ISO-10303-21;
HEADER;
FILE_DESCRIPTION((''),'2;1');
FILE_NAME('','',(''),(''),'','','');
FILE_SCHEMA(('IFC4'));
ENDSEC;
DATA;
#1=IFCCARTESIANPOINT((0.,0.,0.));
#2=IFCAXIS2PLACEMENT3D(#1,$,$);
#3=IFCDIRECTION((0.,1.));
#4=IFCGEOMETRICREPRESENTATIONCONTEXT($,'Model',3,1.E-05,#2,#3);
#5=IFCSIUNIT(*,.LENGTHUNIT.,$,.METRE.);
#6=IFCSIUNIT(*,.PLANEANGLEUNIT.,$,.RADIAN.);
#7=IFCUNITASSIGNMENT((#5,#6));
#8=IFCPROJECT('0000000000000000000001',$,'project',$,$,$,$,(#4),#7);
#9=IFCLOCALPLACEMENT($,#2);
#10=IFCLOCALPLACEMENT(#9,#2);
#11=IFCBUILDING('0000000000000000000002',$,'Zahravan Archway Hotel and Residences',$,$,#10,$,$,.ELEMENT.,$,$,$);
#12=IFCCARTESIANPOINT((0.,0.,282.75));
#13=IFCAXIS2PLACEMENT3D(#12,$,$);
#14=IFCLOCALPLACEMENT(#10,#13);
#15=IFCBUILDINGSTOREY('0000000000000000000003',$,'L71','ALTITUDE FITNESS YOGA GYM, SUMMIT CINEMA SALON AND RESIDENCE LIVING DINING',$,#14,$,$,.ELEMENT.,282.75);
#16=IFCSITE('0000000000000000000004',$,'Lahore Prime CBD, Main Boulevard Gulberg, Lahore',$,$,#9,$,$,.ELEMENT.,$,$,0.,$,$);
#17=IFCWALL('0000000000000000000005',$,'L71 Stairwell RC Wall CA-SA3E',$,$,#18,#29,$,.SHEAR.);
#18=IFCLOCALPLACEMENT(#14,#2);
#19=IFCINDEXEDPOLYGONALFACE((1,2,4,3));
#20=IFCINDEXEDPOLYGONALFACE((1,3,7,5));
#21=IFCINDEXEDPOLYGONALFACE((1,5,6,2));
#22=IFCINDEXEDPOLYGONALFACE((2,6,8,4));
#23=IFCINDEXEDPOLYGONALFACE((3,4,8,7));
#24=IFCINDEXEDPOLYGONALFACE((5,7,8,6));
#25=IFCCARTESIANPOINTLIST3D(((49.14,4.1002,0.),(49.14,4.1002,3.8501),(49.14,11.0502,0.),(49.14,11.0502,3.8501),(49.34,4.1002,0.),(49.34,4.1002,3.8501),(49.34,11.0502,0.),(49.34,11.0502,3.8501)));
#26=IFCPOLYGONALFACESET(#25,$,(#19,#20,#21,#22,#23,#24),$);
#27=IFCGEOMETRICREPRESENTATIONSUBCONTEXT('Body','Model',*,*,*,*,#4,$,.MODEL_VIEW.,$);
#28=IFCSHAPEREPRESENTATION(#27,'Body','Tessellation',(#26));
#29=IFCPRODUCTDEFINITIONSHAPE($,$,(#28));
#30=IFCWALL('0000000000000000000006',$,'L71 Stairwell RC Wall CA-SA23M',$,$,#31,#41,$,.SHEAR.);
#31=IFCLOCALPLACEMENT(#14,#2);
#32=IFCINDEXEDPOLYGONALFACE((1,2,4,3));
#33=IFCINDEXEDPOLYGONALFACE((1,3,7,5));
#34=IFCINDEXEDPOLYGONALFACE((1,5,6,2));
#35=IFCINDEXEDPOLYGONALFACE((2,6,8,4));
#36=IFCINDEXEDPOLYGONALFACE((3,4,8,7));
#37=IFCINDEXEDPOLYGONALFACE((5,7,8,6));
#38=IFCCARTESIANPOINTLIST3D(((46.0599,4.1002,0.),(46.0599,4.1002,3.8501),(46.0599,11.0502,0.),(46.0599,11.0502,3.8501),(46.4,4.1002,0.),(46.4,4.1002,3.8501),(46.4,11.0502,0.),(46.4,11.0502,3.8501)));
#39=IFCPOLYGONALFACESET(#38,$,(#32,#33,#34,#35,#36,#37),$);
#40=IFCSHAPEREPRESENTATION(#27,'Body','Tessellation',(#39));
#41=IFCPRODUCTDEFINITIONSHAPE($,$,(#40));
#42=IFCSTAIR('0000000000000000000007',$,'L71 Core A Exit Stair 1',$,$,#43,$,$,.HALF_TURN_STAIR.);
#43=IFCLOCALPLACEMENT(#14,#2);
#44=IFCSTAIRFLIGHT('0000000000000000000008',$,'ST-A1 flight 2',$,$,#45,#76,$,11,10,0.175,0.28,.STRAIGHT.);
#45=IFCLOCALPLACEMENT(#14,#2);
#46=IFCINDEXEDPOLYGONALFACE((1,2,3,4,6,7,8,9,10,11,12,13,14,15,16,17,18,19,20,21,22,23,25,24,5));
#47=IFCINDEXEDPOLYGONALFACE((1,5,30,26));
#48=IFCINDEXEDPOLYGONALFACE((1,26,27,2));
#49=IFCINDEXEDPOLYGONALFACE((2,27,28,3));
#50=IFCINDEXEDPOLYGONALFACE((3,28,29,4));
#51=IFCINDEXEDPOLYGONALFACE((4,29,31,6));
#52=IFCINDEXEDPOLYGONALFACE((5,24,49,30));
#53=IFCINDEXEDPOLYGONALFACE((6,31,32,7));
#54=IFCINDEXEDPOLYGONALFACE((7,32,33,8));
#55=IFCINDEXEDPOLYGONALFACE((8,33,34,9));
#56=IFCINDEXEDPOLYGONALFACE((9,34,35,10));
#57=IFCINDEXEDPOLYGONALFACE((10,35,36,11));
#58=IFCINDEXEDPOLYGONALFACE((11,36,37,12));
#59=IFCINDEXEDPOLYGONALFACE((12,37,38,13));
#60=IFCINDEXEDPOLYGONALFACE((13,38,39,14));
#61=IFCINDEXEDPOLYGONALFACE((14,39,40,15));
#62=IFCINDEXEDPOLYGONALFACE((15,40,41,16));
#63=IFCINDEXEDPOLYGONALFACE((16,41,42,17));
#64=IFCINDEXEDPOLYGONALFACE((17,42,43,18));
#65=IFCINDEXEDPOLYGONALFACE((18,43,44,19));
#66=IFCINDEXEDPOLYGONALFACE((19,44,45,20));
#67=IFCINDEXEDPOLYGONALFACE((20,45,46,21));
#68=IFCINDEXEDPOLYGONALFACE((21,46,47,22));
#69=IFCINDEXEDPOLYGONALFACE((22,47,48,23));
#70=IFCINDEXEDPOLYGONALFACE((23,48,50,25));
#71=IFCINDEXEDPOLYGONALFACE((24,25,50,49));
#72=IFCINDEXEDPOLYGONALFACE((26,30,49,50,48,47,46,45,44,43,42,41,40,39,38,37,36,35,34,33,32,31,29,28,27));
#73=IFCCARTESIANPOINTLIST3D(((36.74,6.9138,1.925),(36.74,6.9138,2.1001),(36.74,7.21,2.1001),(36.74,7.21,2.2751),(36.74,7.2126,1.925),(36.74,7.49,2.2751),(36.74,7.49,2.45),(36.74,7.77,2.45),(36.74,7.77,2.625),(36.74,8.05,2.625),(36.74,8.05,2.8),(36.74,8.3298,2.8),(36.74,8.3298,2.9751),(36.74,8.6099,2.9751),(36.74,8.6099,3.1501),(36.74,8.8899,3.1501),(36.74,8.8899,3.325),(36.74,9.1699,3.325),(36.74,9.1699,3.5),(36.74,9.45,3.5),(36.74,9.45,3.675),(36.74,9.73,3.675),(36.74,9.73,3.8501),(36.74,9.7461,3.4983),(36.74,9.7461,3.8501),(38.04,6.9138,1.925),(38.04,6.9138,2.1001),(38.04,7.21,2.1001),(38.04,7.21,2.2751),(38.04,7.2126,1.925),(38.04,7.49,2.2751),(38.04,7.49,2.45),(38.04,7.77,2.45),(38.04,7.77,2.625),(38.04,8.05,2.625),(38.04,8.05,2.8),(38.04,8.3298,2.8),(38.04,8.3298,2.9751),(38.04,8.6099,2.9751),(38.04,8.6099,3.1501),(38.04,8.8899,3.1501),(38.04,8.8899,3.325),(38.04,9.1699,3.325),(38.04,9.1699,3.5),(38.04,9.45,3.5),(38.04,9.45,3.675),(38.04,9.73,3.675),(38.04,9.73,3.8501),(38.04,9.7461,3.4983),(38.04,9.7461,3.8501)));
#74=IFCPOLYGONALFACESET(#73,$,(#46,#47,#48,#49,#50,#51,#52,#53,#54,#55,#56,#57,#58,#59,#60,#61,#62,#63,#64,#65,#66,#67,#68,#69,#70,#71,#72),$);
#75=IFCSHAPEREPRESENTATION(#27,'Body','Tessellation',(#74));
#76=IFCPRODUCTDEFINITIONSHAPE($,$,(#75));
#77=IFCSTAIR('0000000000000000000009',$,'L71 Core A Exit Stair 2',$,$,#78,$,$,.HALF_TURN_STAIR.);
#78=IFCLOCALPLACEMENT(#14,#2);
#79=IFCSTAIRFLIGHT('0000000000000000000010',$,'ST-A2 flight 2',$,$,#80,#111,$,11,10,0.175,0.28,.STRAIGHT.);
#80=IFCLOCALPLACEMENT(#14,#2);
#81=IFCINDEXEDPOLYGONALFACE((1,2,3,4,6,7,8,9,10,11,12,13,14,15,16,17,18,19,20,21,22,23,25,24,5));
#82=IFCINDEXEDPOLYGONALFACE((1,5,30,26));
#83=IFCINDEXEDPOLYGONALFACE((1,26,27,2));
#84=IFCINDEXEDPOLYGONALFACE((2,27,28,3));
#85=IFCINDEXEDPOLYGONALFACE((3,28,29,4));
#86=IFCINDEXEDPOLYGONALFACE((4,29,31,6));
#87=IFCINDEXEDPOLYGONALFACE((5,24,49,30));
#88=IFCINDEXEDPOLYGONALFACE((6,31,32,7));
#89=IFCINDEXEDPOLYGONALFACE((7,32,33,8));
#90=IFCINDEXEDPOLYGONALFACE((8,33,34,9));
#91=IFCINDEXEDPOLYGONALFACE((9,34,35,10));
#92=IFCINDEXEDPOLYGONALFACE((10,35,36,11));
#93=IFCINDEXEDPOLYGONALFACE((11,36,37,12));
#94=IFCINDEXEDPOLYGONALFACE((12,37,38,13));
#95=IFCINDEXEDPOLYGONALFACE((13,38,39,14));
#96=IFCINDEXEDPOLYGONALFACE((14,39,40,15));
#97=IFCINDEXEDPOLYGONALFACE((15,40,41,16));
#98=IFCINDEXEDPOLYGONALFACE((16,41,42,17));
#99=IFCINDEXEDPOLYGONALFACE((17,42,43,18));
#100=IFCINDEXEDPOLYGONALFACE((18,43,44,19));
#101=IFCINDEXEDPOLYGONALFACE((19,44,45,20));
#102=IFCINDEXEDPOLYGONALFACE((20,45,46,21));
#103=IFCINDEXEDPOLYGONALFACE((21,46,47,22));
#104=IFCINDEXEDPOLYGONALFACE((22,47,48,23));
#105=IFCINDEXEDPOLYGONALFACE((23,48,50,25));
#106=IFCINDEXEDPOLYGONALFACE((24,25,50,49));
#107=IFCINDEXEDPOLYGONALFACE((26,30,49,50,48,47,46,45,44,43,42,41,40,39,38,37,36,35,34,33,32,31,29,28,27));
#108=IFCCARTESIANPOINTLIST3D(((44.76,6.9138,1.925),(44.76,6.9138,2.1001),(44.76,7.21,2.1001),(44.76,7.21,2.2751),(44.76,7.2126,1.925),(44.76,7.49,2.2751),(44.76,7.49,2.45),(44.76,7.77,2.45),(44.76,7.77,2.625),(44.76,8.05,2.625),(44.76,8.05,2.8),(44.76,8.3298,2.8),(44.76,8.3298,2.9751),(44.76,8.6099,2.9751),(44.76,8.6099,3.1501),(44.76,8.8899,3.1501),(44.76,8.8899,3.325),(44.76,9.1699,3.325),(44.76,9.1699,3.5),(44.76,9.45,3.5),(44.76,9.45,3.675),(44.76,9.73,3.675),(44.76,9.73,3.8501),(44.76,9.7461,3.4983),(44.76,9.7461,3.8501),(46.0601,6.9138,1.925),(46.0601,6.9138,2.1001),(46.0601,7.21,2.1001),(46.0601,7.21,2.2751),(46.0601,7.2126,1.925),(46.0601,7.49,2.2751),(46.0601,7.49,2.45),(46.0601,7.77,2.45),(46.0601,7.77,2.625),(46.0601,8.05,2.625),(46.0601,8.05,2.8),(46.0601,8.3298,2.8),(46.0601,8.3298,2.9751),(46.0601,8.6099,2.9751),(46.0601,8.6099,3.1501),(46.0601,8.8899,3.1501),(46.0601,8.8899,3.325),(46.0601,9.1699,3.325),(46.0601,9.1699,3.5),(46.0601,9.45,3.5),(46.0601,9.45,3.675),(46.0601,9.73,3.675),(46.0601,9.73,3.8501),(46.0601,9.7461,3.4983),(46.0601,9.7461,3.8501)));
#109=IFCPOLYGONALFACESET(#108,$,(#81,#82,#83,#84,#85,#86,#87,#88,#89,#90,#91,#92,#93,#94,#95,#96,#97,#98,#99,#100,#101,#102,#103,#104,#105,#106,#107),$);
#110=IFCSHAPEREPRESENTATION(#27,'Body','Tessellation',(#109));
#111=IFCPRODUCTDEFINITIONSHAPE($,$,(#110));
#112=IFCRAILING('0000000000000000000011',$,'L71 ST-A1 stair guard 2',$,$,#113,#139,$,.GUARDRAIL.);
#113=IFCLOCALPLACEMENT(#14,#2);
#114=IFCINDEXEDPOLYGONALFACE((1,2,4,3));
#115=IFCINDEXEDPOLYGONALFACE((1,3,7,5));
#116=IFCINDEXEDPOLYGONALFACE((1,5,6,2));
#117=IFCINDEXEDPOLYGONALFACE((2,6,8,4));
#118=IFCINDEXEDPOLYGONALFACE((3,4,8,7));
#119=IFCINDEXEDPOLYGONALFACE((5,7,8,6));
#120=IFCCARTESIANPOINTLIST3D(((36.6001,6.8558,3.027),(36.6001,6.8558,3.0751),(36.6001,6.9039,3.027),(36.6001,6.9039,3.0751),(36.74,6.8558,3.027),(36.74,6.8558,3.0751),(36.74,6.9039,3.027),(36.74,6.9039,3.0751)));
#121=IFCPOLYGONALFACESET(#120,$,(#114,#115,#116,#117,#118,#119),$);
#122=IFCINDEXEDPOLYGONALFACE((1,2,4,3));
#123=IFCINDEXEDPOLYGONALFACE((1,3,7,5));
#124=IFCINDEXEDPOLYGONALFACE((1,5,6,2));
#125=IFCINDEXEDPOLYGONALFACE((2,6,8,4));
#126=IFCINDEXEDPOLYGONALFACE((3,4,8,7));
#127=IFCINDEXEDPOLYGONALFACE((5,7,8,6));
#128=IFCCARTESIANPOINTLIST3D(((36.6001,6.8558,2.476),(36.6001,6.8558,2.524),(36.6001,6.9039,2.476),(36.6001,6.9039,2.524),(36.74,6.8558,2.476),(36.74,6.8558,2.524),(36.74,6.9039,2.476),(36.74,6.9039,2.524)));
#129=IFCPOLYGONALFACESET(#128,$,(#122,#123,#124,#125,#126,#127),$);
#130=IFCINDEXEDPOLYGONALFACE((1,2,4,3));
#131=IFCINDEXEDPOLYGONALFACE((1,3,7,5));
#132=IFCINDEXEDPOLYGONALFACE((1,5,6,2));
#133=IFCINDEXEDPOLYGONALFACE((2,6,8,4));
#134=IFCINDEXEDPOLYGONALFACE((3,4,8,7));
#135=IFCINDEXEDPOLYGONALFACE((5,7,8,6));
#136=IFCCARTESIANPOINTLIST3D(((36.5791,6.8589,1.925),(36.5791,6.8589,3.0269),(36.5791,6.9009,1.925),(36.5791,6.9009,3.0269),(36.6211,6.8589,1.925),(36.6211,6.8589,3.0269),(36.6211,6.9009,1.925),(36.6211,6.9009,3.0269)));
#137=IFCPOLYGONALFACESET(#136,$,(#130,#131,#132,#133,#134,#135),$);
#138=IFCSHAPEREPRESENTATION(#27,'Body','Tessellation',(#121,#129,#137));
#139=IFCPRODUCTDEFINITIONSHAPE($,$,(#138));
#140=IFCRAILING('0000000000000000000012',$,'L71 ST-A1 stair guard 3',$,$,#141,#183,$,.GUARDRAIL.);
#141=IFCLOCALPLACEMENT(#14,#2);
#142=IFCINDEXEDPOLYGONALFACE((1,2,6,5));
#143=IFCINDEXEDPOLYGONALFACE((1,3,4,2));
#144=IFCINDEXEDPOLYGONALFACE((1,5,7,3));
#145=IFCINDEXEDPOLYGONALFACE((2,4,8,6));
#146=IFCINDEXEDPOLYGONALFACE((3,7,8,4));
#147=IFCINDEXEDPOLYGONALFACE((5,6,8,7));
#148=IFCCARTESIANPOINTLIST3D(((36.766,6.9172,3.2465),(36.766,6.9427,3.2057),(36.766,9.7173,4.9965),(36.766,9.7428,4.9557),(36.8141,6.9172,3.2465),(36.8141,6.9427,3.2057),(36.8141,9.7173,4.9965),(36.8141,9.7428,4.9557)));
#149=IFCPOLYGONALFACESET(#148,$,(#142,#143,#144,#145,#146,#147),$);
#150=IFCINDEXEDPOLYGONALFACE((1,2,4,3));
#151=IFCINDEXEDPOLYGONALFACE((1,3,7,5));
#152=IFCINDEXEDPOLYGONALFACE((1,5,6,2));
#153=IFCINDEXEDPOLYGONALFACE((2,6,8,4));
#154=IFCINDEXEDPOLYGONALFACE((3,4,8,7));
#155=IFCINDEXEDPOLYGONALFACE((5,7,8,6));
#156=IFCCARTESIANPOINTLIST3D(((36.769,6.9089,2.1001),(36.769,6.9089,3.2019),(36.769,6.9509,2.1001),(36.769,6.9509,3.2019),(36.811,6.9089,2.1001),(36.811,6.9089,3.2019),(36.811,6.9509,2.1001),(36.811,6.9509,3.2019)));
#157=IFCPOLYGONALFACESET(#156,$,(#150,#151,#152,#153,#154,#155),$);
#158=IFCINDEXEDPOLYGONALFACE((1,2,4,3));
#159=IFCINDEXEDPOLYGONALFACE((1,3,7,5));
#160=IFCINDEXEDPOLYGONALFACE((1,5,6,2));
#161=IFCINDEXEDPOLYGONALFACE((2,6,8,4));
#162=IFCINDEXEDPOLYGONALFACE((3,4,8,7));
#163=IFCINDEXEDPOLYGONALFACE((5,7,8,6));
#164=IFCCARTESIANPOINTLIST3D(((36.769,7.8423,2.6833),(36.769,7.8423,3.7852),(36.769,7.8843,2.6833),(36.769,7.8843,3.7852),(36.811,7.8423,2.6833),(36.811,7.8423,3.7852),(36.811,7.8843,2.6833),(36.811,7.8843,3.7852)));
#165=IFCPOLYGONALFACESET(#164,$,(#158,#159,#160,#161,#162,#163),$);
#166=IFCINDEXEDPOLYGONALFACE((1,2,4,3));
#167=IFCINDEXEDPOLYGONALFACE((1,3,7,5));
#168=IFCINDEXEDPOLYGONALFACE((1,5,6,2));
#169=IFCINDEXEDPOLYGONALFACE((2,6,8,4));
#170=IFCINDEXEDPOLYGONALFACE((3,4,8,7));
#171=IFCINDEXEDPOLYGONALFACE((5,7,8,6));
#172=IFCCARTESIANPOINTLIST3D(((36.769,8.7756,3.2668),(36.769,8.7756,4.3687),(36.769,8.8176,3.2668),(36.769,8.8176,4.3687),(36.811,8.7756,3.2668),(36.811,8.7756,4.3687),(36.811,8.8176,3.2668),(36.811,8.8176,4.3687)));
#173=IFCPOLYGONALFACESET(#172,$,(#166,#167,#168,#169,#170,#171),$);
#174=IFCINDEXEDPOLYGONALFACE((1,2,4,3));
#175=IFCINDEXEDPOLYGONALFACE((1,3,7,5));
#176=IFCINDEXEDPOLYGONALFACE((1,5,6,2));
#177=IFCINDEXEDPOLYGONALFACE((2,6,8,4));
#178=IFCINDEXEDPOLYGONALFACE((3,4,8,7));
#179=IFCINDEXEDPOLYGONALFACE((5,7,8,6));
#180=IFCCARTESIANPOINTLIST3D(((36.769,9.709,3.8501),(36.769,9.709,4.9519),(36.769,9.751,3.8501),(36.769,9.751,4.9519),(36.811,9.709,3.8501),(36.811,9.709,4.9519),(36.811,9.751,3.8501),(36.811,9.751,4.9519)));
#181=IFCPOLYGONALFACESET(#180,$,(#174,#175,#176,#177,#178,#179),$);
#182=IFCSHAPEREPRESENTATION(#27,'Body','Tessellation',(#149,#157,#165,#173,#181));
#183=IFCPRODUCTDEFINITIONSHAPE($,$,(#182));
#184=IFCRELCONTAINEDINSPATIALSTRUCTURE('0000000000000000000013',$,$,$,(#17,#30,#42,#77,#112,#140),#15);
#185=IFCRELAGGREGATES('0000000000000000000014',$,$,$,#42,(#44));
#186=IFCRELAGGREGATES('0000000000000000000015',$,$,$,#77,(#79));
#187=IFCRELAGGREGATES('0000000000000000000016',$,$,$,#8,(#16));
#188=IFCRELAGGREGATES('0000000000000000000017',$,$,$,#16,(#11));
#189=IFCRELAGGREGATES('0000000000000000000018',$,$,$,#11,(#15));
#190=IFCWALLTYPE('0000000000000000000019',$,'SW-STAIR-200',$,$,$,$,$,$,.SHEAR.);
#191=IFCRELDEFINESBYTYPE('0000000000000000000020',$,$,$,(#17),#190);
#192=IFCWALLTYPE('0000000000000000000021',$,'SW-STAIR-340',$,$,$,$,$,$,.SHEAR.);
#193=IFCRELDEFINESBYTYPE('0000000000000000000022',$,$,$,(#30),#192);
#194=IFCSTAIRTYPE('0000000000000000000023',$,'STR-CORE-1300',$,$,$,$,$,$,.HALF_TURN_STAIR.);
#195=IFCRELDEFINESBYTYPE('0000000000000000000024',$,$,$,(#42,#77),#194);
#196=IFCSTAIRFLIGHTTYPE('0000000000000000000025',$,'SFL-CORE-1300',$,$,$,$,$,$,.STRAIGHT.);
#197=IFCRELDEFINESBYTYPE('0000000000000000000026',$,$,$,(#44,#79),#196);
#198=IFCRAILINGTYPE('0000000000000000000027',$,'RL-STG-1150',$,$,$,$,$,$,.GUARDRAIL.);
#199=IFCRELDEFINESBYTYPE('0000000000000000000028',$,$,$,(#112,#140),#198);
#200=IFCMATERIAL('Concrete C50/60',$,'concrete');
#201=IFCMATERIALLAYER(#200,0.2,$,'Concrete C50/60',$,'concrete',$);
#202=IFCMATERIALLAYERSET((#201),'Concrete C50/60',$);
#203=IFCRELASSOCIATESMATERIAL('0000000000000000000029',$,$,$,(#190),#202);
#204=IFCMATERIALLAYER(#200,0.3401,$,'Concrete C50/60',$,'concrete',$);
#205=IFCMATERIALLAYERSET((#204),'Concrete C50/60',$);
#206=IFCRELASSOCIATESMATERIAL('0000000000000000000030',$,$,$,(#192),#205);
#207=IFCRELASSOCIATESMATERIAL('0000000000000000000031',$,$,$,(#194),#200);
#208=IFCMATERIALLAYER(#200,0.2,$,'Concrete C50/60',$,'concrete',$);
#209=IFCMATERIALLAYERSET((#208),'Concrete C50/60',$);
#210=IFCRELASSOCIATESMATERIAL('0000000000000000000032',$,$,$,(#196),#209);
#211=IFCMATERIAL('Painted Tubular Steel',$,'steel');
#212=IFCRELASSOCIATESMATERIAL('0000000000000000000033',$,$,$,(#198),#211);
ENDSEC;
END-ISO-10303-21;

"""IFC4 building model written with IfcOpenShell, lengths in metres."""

from ifc_helpers import new_model, si_unit, direction, frame, frame_2d, origin, origin_2d, place, context, subcontext, project, spatial, polyline, rectangle, outline, extrude, source, transform, mapped, material, layer, layer_set, type_object, element, aggregate, save


model = new_model("IFC4")

# Units and contexts
model_context = context("Model", 3, precision=1e-05, world=origin(), true_north=direction((0.0, 1.0)))
body_context = subcontext(model_context, "Body", "Model", "MODEL_VIEW")
ifc_project = project(units=[si_unit("LENGTHUNIT", "METRE"), si_unit("PLANEANGLEUNIT", "RADIAN")], contexts=[model_context])

# Site, building, storey
site_placement = place(None, origin())
site = spatial("IfcSite", under=ifc_project, at=site_placement, Name="Lahore Prime CBD, Main Boulevard Gulberg, Lahore", CompositionType="ELEMENT", RefElevation=0.0)
building_placement = place(site_placement, origin())
building = spatial("IfcBuilding", under=site, at=building_placement, Name="Zahravan Archway Hotel and Residences", CompositionType="ELEMENT")
storey_placement = place(building_placement, frame((0.0, 0.0, 282.75)))
storey = spatial("IfcBuildingStorey", under=building, at=storey_placement, Name="L71", Description="ALTITUDE FITNESS YOGA GYM, SUMMIT CINEMA SALON AND RESIDENCE LIVING DINING", CompositionType="ELEMENT", Elevation=282.75)

# Shared definitions
ifc_material_1 = material(Name="Concrete C50/60", Category="concrete")

# Walls
ifc_layer_1 = layer(ifc_material_1, 0.2, Name="Concrete C50/60", Category="concrete")
ifc_layer_set_1 = layer_set([ifc_layer_1], Name="Concrete C50/60")
wall_type_1 = type_object("IfcWallType", Name="SW-STAIR-200", PredefinedType="SHEAR", material=ifc_layer_set_1)
for number, where, z_axis, x_axis, name in (
    (1, (49.24, 4.1001, 0.0), (0.0, 0.0, 1.0), (0.0, 1.0, 0.0), "L71 Stairwell RC Wall CA-SA3E"),
):
    element("IfcWall", number, at=place(storey_placement, frame(where, z_axis=z_axis, x_axis=x_axis)), inside=storey, type_object=wall_type_1, Name=name, PredefinedType="SHEAR", context=body_context, shape_type="SweptSolid", body=[
        extrude(rectangle(XDim=6.95, YDim=0.2, at=frame_2d((3.4751, 0.0))), origin(), (0.0, 0.0, 1.0), 3.8501),
    ])
ifc_layer_2 = layer(ifc_material_1, 0.3401, Name="Concrete C50/60", Category="concrete")
ifc_layer_set_2 = layer_set([ifc_layer_2], Name="Concrete C50/60")
wall_type_2 = type_object("IfcWallType", Name="SW-STAIR-340", PredefinedType="SHEAR", material=ifc_layer_set_2)
wall_1_placement = place(storey_placement, frame((46.23, 4.1001, 0.0), z_axis=(0.0, 0.0, 1.0), x_axis=(0.0, 1.0, 0.0)))
element("IfcWall", 2, at=wall_1_placement, inside=storey, type_object=wall_type_2, Name="L71 Stairwell RC Wall CA-SA23M", PredefinedType="SHEAR", context=body_context, shape_type="SweptSolid", body=[
    extrude(rectangle(XDim=6.95, YDim=0.3401, at=frame_2d((3.4751, 0.0))), origin(), (0.0, 0.0, 1.0), 3.8501),
])

# Stairs, stair flights
stair_type = type_object("IfcStairType", Name="STR-CORE-1300", PredefinedType="HALF_TURN_STAIR", material=ifc_material_1)
stair_1_placement = place(storey_placement, origin())
stair_1 = element("IfcStair", 3, at=stair_1_placement, inside=storey, type_object=stair_type, Name="L71 Core A Exit Stair 1", PredefinedType="HALF_TURN_STAIR")
ifc_layer_3 = layer(ifc_material_1, 0.2, Name="Concrete C50/60", Category="concrete")
ifc_layer_set_3 = layer_set([ifc_layer_3], Name="Concrete C50/60")
stair_flight_type = type_object("IfcStairFlightType", Name="SFL-CORE-1300", PredefinedType="STRAIGHT", material=ifc_layer_set_3)
shared_shape_1 = source(origin(), body_context, "Body", "SweptSolid", [
    extrude(outline(polyline([(-0.0161, 0.0), (-0.0161, 0.175), (0.28, 0.175), (0.28, 0.3501), (0.5601, 0.3501), (0.5601, 0.5249), (0.8401, 0.5249), (0.8401, 0.7), (1.1201, 0.7), (1.1201, 0.875), (1.3999, 0.875), (1.3999, 1.05), (1.6799, 1.05), (1.6799, 1.2251), (1.96, 1.2251), (1.96, 1.3999), (2.24, 1.3999), (2.24, 1.575), (2.52, 1.575), (2.52, 1.75), (2.8, 1.75), (2.8, 1.925), (2.8162, 1.925), (2.8162, 1.5732), (0.2827, 0.0), (-0.0161, 0.0)])), frame((0.0, 0.6499, 0.0), z_axis=(0.0, -1.0, 0.0), x_axis=(1.0, 0.0, 0.0)), (0.0, 0.0, 1.0), 1.3),
])
stair_flight_1_placement = place(storey_placement, frame((37.3899, 6.9299, 1.925), z_axis=(0.0, 0.0, 1.0), x_axis=(0.0, 1.0, 0.0)))
stair_flight_1 = element("IfcStairFlight", 4, at=stair_flight_1_placement, type_object=stair_flight_type, Name="ST-A1 flight 2", NumberOfRisers=11, NumberOfTreads=10, PredefinedType="STRAIGHT", RiserHeight=0.175, TreadLength=0.28, context=body_context, shape_type="MappedRepresentation", body=[
    mapped(shared_shape_1, transform((0.0, 0.0, 0.0), scale=1.0)),
])
aggregate(stair_1, [stair_flight_1])
stair_2_placement = place(storey_placement, origin())
stair_2 = element("IfcStair", 5, at=stair_2_placement, inside=storey, type_object=stair_type, Name="L71 Core A Exit Stair 2", PredefinedType="HALF_TURN_STAIR")
stair_flight_2_placement = place(storey_placement, frame((45.4099, 6.9299, 1.925), z_axis=(0.0, 0.0, 1.0), x_axis=(0.0, 1.0, 0.0)))
stair_flight_2 = element("IfcStairFlight", 6, at=stair_flight_2_placement, type_object=stair_flight_type, Name="ST-A2 flight 2", NumberOfRisers=11, NumberOfTreads=10, PredefinedType="STRAIGHT", RiserHeight=0.175, TreadLength=0.28, context=body_context, shape_type="MappedRepresentation", body=[
    mapped(shared_shape_1, transform((0.0, 0.0, 0.0), scale=1.0)),
])
aggregate(stair_2, [stair_flight_2])

# Railings
ifc_material_2 = material(Name="Painted Tubular Steel", Category="steel")
railing_type_1 = type_object("IfcRailingType", Name="RL-STG-1150", PredefinedType="GUARDRAIL", material=ifc_material_2)
railing_1_placement = place(storey_placement, frame((36.6001, 6.8799, 1.925)))
element("IfcRailing", 7, at=railing_1_placement, inside=storey, type_object=railing_type_1, Name="L71 ST-A1 stair guard 2", PredefinedType="GUARDRAIL", context=body_context, shape_type="SweptSolid", body=[
    extrude(rectangle(XDim=0.0481, YDim=0.0481, at=origin_2d()), frame((0.0, 0.0, 1.126), z_axis=(1.0, 0.0, 0.0), x_axis=(0.0, 1.0, 0.0)), (0.0, 0.0, 1.0), 0.1399),
    extrude(rectangle(XDim=0.0481, YDim=0.0481, at=origin_2d()), frame((0.0, 0.0, 0.575), z_axis=(1.0, 0.0, 0.0), x_axis=(0.0, 1.0, 0.0)), (0.0, 0.0, 1.0), 0.1399),
    extrude(rectangle(XDim=0.042, YDim=0.042, at=origin_2d()), origin(), (0.0, 0.0, 1.0), 1.1018),
])
railing_2_placement = place(storey_placement, frame((36.79, 6.9299, 2.1001)))
element("IfcRailing", 8, at=railing_2_placement, inside=storey, type_object=railing_type_1, Name="L71 ST-A1 stair guard 3", PredefinedType="GUARDRAIL", context=body_context, shape_type="SweptSolid", body=[
    extrude(rectangle(XDim=0.0481, YDim=0.0481, at=origin_2d()), frame((0.0, 0.0, 1.126), z_axis=(0.0, 0.848002, 0.529992), x_axis=(-1.0, 0.0, 0.0)), (0.0, 0.0, 1.0), 3.302),
    extrude(rectangle(XDim=0.042, YDim=0.042, at=origin_2d()), origin(), (0.0, 0.0, 1.0), 1.1018),
    extrude(rectangle(XDim=0.042, YDim=0.042, at=origin_2d()), frame((0.0, 0.9333, 0.5833)), (0.0, 0.0, 1.0), 1.1018),
    extrude(rectangle(XDim=0.042, YDim=0.042, at=origin_2d()), frame((0.0, 1.8667, 1.1667)), (0.0, 0.0, 1.0), 1.1018),
    extrude(rectangle(XDim=0.042, YDim=0.042, at=origin_2d()), frame((0.0, 2.8, 1.75)), (0.0, 0.0, 1.0), 1.1018),
])

save(model, "model.ifc")
